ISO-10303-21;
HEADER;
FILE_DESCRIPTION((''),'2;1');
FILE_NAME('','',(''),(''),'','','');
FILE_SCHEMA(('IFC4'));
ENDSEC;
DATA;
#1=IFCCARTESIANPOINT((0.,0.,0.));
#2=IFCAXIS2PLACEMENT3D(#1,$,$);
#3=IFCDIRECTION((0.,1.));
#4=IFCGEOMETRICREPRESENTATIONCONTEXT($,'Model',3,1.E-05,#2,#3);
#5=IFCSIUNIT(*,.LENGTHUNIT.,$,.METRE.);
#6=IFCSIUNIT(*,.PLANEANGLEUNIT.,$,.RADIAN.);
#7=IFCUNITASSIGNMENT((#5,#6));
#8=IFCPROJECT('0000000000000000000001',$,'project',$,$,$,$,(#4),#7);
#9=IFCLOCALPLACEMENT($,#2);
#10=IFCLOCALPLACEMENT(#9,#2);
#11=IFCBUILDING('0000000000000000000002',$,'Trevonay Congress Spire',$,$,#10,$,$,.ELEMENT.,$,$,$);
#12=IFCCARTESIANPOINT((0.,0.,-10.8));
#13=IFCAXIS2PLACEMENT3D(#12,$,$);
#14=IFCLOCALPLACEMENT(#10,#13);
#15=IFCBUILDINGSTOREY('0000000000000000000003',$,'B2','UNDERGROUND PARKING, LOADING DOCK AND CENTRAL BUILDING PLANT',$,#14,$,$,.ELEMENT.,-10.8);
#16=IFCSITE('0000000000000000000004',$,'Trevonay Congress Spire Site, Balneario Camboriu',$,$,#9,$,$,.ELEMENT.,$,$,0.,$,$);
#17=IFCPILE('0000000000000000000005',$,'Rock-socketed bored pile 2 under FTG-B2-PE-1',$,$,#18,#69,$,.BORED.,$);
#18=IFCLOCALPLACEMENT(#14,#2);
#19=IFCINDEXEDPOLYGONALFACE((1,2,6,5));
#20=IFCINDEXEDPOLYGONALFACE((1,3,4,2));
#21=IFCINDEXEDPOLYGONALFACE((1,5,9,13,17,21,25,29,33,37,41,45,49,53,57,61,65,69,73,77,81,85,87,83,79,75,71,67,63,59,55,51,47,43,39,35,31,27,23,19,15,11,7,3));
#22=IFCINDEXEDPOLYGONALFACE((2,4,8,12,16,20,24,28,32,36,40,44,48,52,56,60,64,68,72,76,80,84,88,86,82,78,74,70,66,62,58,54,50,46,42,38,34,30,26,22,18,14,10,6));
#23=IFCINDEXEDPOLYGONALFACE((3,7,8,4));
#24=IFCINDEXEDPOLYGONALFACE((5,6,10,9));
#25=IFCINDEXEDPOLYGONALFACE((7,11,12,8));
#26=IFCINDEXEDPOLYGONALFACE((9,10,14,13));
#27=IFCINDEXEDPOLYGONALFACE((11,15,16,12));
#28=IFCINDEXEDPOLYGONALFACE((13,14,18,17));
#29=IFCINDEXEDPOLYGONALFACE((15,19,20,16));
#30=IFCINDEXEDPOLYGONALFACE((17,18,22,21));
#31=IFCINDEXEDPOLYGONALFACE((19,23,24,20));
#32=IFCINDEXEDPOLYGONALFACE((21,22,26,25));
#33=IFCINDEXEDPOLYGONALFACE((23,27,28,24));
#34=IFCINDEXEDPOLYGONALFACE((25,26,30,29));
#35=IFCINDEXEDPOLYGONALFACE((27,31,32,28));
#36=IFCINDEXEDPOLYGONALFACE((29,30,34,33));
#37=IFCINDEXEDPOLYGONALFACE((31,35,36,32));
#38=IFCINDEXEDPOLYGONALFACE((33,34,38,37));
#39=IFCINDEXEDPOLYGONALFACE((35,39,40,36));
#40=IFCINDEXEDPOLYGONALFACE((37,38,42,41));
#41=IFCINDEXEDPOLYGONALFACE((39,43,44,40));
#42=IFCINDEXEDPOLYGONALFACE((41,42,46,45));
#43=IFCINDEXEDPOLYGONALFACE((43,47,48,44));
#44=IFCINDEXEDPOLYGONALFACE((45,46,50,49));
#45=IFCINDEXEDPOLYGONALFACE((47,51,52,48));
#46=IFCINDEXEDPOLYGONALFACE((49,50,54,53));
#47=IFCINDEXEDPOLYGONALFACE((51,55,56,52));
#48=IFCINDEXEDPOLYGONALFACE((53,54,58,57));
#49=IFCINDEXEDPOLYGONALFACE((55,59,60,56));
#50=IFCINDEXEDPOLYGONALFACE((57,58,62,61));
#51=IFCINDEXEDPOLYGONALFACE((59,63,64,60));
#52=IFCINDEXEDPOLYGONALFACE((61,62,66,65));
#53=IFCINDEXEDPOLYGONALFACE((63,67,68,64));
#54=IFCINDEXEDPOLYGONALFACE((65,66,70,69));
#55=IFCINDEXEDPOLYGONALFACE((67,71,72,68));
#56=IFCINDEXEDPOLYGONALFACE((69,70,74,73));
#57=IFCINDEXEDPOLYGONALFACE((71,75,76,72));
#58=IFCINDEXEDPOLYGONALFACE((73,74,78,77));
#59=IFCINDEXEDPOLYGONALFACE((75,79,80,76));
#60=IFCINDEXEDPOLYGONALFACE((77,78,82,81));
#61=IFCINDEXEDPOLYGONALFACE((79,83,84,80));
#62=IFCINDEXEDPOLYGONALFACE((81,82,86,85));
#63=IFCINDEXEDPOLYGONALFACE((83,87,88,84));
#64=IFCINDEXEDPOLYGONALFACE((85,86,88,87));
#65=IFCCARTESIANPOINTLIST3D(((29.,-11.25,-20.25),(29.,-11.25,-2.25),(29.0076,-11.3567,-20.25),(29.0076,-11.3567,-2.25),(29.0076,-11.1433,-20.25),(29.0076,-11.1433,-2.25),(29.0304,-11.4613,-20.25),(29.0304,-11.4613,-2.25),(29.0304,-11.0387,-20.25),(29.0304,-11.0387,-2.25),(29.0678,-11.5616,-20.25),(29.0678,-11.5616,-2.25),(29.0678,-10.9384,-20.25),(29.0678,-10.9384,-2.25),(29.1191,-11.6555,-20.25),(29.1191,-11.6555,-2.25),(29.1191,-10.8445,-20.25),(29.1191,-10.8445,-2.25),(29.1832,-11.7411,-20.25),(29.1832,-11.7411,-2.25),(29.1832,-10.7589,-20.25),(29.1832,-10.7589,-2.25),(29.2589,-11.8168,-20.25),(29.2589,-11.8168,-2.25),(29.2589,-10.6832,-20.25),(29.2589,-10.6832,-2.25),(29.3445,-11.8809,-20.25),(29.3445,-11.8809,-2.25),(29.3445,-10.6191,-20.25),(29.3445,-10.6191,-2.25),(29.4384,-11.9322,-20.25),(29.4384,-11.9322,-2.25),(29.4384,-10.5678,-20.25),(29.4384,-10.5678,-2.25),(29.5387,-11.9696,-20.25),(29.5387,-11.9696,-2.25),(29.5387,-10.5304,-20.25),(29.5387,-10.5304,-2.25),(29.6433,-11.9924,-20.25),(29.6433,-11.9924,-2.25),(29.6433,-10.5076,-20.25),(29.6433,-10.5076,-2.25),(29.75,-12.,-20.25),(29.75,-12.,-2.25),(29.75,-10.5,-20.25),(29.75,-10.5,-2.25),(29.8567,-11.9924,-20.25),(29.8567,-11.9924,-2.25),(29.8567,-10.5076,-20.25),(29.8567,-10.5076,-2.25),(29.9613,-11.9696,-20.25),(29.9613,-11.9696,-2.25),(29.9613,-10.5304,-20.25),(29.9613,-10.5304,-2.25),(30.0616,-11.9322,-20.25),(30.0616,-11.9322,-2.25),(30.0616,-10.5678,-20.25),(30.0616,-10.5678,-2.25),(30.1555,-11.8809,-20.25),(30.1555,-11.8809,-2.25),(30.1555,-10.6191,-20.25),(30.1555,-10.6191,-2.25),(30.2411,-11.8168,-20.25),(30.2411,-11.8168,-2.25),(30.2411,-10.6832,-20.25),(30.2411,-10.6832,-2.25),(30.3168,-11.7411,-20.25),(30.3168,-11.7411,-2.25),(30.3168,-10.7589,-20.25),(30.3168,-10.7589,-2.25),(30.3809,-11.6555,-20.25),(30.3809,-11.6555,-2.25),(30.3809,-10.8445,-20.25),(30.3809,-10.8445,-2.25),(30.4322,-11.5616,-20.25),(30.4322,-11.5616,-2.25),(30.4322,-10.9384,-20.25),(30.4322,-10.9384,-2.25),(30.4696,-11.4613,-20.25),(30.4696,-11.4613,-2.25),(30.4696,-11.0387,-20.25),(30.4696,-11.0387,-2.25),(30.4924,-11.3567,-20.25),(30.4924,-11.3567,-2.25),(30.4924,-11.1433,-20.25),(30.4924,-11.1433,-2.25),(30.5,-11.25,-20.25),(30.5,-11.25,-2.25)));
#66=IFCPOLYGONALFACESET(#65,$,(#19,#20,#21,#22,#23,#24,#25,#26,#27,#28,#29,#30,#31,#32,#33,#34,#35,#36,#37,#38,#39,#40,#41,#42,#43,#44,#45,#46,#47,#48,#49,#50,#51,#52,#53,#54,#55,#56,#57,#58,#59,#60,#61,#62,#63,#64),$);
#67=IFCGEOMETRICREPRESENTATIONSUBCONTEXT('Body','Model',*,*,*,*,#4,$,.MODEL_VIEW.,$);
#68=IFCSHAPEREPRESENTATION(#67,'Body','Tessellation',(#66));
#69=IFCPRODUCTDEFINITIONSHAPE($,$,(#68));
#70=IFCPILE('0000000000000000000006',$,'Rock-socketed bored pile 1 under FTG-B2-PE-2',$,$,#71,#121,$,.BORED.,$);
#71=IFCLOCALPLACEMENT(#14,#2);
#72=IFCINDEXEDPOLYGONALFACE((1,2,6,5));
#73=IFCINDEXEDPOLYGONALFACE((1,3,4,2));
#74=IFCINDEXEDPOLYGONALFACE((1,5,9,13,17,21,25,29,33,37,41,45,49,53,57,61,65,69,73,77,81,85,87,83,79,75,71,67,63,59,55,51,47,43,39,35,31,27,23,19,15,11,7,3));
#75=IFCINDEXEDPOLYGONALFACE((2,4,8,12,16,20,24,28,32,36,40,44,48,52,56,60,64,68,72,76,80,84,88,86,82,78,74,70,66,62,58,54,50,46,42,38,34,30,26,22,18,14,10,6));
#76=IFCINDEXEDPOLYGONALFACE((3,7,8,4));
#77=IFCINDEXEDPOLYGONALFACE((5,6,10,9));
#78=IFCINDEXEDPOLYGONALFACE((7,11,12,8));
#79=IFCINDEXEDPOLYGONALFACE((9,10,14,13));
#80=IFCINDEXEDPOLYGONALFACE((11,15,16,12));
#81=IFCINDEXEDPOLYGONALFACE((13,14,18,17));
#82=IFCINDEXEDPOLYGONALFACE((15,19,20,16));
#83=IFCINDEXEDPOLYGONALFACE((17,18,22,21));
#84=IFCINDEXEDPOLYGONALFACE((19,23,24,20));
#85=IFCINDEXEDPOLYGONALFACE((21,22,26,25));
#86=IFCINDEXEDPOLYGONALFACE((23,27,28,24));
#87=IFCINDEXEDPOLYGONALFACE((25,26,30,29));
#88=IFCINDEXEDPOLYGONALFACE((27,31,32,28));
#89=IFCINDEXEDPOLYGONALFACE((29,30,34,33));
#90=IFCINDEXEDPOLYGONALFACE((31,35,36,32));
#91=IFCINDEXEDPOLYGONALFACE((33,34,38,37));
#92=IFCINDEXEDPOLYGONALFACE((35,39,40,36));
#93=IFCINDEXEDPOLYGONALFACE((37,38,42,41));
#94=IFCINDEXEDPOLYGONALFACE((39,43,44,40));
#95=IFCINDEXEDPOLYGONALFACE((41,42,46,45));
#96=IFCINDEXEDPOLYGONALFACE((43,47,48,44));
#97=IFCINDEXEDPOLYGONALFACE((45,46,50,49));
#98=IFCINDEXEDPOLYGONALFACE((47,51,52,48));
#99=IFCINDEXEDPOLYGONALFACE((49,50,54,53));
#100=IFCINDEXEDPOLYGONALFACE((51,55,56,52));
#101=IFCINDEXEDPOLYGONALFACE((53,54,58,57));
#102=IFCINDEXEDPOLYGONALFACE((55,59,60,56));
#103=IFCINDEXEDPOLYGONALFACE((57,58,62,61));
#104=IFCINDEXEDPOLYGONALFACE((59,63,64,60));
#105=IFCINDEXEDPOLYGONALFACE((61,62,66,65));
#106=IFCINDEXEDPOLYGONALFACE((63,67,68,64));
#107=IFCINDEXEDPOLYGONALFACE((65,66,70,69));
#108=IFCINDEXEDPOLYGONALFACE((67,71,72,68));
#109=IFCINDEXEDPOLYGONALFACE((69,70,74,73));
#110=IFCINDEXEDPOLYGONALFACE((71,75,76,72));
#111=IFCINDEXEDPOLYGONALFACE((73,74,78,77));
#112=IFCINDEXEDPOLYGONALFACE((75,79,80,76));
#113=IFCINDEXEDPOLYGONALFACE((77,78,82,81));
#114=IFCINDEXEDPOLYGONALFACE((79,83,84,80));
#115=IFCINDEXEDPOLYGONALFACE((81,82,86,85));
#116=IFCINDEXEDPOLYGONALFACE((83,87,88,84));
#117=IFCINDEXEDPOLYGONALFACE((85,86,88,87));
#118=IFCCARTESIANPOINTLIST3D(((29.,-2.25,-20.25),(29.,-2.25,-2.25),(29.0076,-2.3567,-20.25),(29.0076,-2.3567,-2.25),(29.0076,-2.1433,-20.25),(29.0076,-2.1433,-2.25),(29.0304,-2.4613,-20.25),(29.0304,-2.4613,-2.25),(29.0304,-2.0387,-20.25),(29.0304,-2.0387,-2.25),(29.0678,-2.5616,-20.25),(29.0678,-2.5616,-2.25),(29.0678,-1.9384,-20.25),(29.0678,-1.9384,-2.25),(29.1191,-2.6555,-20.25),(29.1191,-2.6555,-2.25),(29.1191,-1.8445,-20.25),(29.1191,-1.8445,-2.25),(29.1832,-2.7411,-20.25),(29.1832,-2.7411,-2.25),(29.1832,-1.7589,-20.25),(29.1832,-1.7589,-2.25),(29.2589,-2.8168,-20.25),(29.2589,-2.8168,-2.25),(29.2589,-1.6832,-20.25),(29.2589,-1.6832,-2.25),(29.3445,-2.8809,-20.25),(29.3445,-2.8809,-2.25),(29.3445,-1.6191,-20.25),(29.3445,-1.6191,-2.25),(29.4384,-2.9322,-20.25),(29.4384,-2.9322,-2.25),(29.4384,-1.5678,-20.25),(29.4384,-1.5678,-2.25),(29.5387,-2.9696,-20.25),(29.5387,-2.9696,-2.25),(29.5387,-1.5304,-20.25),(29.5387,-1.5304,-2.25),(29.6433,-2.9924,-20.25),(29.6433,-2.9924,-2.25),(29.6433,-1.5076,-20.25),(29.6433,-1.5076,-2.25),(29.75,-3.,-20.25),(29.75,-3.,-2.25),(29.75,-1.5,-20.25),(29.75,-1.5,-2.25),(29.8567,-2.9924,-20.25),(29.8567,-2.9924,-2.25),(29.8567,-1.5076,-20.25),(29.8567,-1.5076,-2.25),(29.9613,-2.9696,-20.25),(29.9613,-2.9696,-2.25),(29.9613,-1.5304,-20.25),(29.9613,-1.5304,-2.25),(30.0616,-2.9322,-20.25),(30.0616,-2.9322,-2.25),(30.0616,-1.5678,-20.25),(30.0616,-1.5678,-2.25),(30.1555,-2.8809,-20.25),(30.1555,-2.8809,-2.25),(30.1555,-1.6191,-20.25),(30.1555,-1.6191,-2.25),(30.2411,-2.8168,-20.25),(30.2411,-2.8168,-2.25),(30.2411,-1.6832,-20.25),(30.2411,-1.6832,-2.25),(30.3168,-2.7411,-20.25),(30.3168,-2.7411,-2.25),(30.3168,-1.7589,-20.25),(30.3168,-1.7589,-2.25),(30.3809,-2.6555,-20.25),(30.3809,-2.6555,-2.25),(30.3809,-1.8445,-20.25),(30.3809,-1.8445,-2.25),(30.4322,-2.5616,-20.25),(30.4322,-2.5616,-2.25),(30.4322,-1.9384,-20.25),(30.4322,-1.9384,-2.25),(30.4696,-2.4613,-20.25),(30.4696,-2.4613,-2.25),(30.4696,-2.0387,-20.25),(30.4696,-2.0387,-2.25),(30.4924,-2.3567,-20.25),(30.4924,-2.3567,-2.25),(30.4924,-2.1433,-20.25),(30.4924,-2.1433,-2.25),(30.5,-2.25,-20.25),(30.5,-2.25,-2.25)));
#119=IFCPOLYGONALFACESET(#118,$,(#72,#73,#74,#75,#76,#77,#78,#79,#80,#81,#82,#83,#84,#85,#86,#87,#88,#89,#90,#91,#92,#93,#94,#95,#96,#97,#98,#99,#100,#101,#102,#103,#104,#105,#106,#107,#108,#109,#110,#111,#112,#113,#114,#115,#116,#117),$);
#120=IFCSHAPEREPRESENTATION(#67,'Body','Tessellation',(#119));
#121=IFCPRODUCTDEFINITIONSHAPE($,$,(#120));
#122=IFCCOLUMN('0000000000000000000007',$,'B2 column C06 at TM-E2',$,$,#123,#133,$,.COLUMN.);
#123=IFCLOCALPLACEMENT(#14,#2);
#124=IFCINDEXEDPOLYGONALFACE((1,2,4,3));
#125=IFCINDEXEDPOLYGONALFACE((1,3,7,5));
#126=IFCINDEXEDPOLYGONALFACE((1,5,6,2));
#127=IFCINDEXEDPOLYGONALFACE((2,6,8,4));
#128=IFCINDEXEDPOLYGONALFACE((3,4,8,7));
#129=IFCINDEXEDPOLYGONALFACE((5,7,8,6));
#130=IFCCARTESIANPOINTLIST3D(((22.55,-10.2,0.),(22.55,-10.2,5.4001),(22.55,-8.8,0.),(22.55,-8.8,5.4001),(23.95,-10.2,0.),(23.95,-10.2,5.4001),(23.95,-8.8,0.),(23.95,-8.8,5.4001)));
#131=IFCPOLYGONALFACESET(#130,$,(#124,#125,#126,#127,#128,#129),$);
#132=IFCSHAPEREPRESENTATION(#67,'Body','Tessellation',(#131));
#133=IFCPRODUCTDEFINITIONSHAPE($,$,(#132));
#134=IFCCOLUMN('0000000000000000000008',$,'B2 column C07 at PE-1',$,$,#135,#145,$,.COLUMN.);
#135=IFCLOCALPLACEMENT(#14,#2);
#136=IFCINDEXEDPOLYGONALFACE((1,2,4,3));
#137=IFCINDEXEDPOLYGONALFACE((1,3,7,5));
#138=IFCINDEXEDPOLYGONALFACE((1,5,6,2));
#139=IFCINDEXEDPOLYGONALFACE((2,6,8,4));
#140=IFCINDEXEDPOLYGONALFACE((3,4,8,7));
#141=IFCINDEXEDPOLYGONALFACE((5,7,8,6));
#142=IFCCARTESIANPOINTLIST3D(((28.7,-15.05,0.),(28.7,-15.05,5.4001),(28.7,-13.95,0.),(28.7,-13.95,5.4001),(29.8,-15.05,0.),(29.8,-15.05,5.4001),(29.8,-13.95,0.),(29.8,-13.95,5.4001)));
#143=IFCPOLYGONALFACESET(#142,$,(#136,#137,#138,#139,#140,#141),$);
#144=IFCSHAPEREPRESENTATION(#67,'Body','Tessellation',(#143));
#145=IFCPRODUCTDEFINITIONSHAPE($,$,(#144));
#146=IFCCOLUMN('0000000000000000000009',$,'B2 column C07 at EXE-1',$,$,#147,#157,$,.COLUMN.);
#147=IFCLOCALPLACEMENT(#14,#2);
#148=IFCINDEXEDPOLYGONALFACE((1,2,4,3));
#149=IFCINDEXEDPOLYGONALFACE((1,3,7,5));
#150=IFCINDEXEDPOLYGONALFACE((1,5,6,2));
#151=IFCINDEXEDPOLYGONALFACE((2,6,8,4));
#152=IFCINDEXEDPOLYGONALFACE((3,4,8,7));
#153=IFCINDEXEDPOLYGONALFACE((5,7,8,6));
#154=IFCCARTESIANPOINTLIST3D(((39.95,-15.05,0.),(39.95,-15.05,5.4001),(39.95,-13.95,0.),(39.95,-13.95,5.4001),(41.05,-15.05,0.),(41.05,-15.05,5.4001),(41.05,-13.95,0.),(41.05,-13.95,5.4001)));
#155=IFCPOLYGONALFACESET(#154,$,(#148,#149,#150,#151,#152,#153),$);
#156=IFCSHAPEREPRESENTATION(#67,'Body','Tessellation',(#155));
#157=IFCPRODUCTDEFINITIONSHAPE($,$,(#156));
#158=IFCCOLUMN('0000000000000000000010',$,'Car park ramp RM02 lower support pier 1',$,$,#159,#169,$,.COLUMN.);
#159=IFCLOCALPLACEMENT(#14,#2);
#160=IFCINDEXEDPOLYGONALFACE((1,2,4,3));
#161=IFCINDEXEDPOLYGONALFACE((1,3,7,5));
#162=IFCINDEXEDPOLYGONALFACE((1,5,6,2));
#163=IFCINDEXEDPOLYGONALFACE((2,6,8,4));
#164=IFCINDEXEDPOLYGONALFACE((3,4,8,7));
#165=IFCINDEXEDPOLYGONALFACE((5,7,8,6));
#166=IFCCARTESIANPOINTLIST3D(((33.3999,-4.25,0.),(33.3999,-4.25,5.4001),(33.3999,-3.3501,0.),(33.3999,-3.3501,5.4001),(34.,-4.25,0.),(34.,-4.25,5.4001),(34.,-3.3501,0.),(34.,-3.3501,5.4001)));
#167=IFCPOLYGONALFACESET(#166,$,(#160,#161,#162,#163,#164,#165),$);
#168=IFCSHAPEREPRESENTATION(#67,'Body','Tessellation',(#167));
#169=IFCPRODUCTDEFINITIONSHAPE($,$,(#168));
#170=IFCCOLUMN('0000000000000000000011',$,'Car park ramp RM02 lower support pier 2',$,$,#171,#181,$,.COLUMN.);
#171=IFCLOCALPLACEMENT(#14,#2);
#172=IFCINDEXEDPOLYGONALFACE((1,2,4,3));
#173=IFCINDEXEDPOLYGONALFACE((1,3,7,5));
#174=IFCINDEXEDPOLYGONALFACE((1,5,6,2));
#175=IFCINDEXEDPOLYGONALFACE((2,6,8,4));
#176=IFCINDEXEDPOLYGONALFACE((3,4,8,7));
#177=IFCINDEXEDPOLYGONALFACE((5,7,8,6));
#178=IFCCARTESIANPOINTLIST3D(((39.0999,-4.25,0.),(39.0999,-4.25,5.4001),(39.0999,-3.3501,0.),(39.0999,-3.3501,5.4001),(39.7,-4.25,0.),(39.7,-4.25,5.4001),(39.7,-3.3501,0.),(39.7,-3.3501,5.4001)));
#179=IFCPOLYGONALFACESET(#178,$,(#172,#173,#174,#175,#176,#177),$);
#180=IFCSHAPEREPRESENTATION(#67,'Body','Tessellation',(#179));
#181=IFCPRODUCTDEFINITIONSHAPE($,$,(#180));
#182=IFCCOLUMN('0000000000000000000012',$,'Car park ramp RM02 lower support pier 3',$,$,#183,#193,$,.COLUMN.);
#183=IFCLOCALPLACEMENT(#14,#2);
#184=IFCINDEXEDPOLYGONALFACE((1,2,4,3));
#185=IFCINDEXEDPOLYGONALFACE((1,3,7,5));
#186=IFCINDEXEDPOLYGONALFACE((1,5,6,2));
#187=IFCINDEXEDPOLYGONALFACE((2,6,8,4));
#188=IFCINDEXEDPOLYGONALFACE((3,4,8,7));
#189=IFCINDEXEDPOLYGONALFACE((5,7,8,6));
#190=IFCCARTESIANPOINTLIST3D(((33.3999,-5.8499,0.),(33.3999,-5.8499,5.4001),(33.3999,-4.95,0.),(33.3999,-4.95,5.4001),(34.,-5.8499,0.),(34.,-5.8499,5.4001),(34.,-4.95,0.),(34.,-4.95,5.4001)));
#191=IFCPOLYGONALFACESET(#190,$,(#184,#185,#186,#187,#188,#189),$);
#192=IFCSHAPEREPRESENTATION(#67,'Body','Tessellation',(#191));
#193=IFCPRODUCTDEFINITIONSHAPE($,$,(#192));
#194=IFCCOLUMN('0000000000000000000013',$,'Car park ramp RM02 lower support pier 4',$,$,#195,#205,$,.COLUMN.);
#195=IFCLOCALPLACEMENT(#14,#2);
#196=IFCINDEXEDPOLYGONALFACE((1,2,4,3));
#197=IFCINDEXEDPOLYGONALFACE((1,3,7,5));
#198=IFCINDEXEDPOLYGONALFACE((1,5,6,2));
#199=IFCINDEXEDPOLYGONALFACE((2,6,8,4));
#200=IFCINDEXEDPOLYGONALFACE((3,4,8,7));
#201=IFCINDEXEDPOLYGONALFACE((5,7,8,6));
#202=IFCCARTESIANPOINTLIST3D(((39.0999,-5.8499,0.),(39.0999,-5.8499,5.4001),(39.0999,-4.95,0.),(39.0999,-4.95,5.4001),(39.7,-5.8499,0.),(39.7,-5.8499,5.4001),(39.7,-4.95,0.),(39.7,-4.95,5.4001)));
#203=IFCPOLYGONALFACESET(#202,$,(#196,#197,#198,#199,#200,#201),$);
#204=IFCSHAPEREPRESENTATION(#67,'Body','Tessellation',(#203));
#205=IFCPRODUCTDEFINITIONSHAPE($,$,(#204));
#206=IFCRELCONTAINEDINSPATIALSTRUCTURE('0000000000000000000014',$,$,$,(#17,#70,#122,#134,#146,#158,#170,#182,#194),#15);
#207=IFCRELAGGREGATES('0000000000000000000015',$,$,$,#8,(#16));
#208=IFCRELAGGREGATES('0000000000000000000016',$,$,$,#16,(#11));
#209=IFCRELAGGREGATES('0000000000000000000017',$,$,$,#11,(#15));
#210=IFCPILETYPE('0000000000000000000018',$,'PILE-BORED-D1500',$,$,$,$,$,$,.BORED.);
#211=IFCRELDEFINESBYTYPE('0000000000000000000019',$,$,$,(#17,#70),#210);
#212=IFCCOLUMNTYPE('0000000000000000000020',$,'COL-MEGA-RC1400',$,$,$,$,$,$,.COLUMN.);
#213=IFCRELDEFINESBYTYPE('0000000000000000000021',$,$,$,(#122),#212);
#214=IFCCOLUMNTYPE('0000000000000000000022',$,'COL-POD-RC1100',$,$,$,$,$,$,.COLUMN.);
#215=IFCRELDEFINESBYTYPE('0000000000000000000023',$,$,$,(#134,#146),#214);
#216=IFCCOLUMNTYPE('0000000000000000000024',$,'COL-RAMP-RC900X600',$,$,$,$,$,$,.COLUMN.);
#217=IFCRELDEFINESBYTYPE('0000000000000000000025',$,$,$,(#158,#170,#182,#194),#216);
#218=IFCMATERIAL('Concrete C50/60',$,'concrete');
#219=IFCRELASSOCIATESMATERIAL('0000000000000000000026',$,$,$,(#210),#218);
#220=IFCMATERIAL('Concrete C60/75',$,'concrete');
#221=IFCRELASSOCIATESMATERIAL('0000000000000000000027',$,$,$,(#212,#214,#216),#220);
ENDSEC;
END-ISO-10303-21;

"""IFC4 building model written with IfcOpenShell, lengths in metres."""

from ifc_helpers import new_model, si_unit, direction, frame, origin, origin_2d, place, context, subcontext, project, spatial, rectangle, circle, extrude, material, material_profile, profile_set, type_object, element, save


model = new_model("IFC4")

# Units and contexts
model_context = context("Model", 3, precision=1e-05, world=origin(), true_north=direction((0.0, 1.0)))
body_context = subcontext(model_context, "Body", "Model", "MODEL_VIEW")
ifc_project = project(units=[si_unit("LENGTHUNIT", "METRE"), si_unit("PLANEANGLEUNIT", "RADIAN")], contexts=[model_context])

# Site, building, storey
site_placement = place(None, origin())
site = spatial("IfcSite", under=ifc_project, at=site_placement, Name="Trevonay Congress Spire Site, Balneario Camboriu", CompositionType="ELEMENT", RefElevation=0.0)
building_placement = place(site_placement, origin())
building = spatial("IfcBuilding", under=site, at=building_placement, Name="Trevonay Congress Spire", CompositionType="ELEMENT")
storey_placement = place(building_placement, frame((0.0, 0.0, -10.8)))
storey = spatial("IfcBuildingStorey", under=building, at=storey_placement, Name="B2", Description="UNDERGROUND PARKING, LOADING DOCK AND CENTRAL BUILDING PLANT", CompositionType="ELEMENT", Elevation=-10.8)

# Shared definitions
ifc_material_1 = material(Name="Concrete C50/60", Category="concrete")

# Piles
ifc_material_profile_1 = material_profile(ifc_material_1, circle(Radius=0.75, at=origin_2d()), Name="PILE D1500")
ifc_profile_set_1 = profile_set([ifc_material_profile_1], Name="Concrete C50/60")
pile_type = type_object("IfcPileType", Name="PILE-BORED-D1500", PredefinedType="BORED", material=ifc_profile_set_1)
for number, where, z_axis, x_axis, name in (
    (1, (29.75, -11.25, -2.25), (0.0, 0.0, -1.0), (1.0, 0.0, 0.0), "Rock-socketed bored pile 2 under FTG-B2-PE-1"),
    (2, (29.75, -2.25, -2.25), (0.0, 0.0, -1.0), (1.0, 0.0, 0.0), "Rock-socketed bored pile 1 under FTG-B2-PE-2"),
):
    element("IfcPile", number, at=place(storey_placement, frame(where, z_axis=z_axis, x_axis=x_axis)), inside=storey, type_object=pile_type, Name=name, PredefinedType="BORED", context=body_context, shape_type="SweptSolid", body=[
        extrude(circle(Radius=0.75, at=origin_2d()), origin(), (0.0, 0.0, 1.0), 18.0),
    ])

# Columns
ifc_material_2 = material(Name="Concrete C60/75", Category="concrete")
ifc_material_profile_2 = material_profile(ifc_material_2, rectangle(XDim=1.3999, YDim=1.3999, at=origin_2d()), Name="RC 1400x1400")
ifc_profile_set_2 = profile_set([ifc_material_profile_2], Name="Concrete C60/75")
column_type_1 = type_object("IfcColumnType", Name="COL-MEGA-RC1400", PredefinedType="COLUMN", material=ifc_profile_set_2)
column_placement = place(storey_placement, frame((23.25, -9.5, 0.0), z_axis=(0.0, 0.0, 1.0), x_axis=(1.0, 0.0, 0.0)))
element("IfcColumn", 3, at=column_placement, inside=storey, type_object=column_type_1, Name="B2 column C06 at TM-E2", PredefinedType="COLUMN", context=body_context, shape_type="SweptSolid", body=[
    extrude(rectangle(XDim=1.3999, YDim=1.3999, at=origin_2d()), origin(), (0.0, 0.0, 1.0), 5.4001),
])
ifc_material_profile_3 = material_profile(ifc_material_2, rectangle(XDim=1.1001, YDim=1.1001, at=origin_2d()), Name="RC 1100x1100")
ifc_profile_set_3 = profile_set([ifc_material_profile_3], Name="Concrete C60/75")
column_type_2 = type_object("IfcColumnType", Name="COL-POD-RC1100", PredefinedType="COLUMN", material=ifc_profile_set_3)
for number, where, z_axis, x_axis, name in (
    (4, (29.25, -14.5, 0.0), (0.0, 0.0, 1.0), (1.0, 0.0, 0.0), "B2 column C07 at PE-1"),
    (5, (40.5, -14.5, 0.0), (0.0, 0.0, 1.0), (1.0, 0.0, 0.0), "B2 column C07 at EXE-1"),
):
    element("IfcColumn", number, at=place(storey_placement, frame(where, z_axis=z_axis, x_axis=x_axis)), inside=storey, type_object=column_type_2, Name=name, PredefinedType="COLUMN", context=body_context, shape_type="SweptSolid", body=[
        extrude(rectangle(XDim=1.1001, YDim=1.1001, at=origin_2d()), origin(), (0.0, 0.0, 1.0), 5.4001),
    ])
ifc_material_profile_4 = material_profile(ifc_material_2, rectangle(XDim=0.6001, YDim=0.8999, at=origin_2d()), Name="RC 900x600")
ifc_profile_set_4 = profile_set([ifc_material_profile_4], Name="Concrete C60/75")
column_type_3 = type_object("IfcColumnType", Name="COL-RAMP-RC900X600", PredefinedType="COLUMN", material=ifc_profile_set_4)
for number, where, z_axis, x_axis, name in (
    (6, (33.7, -3.8, 0.0), (0.0, 0.0, 1.0), (1.0, 0.0, 0.0), "Car park ramp RM02 lower support pier 1"),
    (7, (39.3999, -3.8, 0.0), (0.0, 0.0, 1.0), (1.0, 0.0, 0.0), "Car park ramp RM02 lower support pier 2"),
    (8, (33.7, -5.3999, 0.0), (0.0, 0.0, 1.0), (1.0, 0.0, 0.0), "Car park ramp RM02 lower support pier 3"),
    (9, (39.3999, -5.3999, 0.0), (0.0, 0.0, 1.0), (1.0, 0.0, 0.0), "Car park ramp RM02 lower support pier 4"),
):
    element("IfcColumn", number, at=place(storey_placement, frame(where, z_axis=z_axis, x_axis=x_axis)), inside=storey, type_object=column_type_3, Name=name, PredefinedType="COLUMN", context=body_context, shape_type="SweptSolid", body=[
        extrude(rectangle(XDim=0.6001, YDim=0.8999, at=origin_2d()), origin(), (0.0, 0.0, 1.0), 5.4001),
    ])

save(model, "model.ifc")
